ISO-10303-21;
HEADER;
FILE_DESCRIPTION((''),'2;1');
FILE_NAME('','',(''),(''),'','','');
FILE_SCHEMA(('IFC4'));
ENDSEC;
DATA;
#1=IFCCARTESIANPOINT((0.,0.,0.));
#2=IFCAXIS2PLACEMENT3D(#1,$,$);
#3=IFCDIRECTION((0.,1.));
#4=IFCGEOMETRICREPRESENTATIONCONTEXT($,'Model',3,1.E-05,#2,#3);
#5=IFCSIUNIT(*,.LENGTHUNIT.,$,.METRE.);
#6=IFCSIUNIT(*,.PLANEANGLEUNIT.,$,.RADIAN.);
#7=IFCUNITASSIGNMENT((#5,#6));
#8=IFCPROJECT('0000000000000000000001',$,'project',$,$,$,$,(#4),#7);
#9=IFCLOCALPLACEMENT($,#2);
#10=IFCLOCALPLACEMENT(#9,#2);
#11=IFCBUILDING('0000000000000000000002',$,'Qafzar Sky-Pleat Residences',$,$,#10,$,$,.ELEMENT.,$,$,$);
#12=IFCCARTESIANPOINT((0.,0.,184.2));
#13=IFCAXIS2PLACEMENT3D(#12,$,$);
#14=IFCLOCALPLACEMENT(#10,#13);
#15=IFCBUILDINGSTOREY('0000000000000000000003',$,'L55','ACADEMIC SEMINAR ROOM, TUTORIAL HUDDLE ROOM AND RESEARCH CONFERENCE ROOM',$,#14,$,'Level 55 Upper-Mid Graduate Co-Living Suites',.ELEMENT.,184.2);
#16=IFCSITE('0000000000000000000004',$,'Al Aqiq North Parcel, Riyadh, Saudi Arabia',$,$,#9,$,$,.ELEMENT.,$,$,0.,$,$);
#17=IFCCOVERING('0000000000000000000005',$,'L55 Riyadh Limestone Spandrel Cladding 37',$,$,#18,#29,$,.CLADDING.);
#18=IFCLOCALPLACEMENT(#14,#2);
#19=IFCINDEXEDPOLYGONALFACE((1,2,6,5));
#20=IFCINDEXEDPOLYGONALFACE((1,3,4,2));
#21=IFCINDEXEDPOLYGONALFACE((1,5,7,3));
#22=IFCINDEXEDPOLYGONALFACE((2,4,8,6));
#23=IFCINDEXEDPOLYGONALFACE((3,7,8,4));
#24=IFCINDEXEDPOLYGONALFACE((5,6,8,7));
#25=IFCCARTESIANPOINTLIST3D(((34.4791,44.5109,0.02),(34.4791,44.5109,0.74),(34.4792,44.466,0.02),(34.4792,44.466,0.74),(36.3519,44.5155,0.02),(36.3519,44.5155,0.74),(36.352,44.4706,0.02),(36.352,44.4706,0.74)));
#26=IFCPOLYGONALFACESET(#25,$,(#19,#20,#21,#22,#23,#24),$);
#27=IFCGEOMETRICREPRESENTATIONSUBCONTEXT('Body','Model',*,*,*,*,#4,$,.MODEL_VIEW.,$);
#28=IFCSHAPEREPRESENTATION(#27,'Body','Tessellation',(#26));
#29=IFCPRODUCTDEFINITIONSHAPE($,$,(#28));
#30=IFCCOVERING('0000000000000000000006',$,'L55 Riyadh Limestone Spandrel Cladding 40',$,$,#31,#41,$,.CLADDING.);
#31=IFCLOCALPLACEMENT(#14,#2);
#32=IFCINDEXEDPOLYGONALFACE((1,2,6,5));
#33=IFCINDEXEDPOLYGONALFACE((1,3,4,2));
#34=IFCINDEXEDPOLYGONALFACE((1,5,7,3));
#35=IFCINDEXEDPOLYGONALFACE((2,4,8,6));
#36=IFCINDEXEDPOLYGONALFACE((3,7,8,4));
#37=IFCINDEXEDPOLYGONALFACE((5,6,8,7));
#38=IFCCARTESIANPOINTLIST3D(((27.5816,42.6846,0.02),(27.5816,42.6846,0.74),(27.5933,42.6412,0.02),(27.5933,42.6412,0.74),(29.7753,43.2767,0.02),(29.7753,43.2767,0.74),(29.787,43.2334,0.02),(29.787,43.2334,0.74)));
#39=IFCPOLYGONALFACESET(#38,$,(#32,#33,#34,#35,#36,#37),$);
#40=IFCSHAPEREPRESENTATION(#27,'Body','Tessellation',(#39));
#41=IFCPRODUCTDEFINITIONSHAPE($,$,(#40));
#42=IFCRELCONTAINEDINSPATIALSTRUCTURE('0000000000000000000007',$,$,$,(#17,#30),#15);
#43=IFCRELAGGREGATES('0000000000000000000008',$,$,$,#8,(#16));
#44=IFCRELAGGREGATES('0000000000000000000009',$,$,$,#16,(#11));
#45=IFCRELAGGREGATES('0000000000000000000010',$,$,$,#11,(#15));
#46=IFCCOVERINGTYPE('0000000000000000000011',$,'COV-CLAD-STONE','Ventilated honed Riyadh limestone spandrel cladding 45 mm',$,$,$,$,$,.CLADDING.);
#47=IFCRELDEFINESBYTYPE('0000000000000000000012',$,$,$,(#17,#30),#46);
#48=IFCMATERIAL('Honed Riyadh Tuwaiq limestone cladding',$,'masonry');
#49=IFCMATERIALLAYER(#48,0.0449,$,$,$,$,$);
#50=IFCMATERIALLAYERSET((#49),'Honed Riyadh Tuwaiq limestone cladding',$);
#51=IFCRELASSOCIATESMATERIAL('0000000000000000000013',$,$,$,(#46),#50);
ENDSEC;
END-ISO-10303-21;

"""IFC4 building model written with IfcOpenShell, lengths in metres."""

from ifc_helpers import new_model, si_unit, direction, frame, origin, origin_2d, place, context, subcontext, project, spatial, rectangle, extrude, source, transform, mapped, material, layer, layer_set, type_object, element, save


model = new_model("IFC4")

# Units and contexts
model_context = context("Model", 3, precision=1e-05, world=origin(), true_north=direction((0.0, 1.0)))
body_context = subcontext(model_context, "Body", "Model", "MODEL_VIEW")
ifc_project = project(units=[si_unit("LENGTHUNIT", "METRE"), si_unit("PLANEANGLEUNIT", "RADIAN")], contexts=[model_context])

# Site, building, storey
site_placement = place(None, origin())
site = spatial("IfcSite", under=ifc_project, at=site_placement, Name="Al Aqiq North Parcel, Riyadh, Saudi Arabia", CompositionType="ELEMENT", RefElevation=0.0)
building_placement = place(site_placement, origin())
building = spatial("IfcBuilding", under=site, at=building_placement, Name="Qafzar Sky-Pleat Residences", CompositionType="ELEMENT")
storey_placement = place(building_placement, frame((0.0, 0.0, 184.2)))
storey = spatial("IfcBuildingStorey", under=building, at=storey_placement, Name="L55", Description="ACADEMIC SEMINAR ROOM, TUTORIAL HUDDLE ROOM AND RESEARCH CONFERENCE ROOM", LongName="Level 55 Upper-Mid Graduate Co-Living Suites", CompositionType="ELEMENT", Elevation=184.2)

# Covering
ifc_material_1 = material(Name="Honed Riyadh Tuwaiq limestone cladding", Category="masonry")
ifc_layer_1 = layer(ifc_material_1, 0.0449)
ifc_layer_set_1 = layer_set([ifc_layer_1], Name="Honed Riyadh Tuwaiq limestone cladding")
covering_type = type_object("IfcCoveringType", Name="COV-CLAD-STONE", Description="Ventilated honed Riyadh limestone spandrel cladding 45 mm", PredefinedType="CLADDING", material=ifc_layer_set_1)
shared_shape_1 = source(origin(), body_context, "Body", "SweptSolid", [
    extrude(rectangle(XDim=1.8728, YDim=0.0449, at=origin_2d()), origin(), (0.0, 0.0, 1.0), 0.72),
])
covering_1_placement = place(storey_placement, frame((35.4155, 44.4907, 0.02), z_axis=(0.0, 0.0, 1.0), x_axis=(-0.999997, -0.002451, 0.0)))
element("IfcCovering", 1, at=covering_1_placement, inside=storey, type_object=covering_type, Name="L55 Riyadh Limestone Spandrel Cladding 37", PredefinedType="CLADDING", context=body_context, shape_type="MappedRepresentation", body=[
    mapped(shared_shape_1, transform((0.0, 0.0, 0.0), x_axis=(1.0, 0.0, 0.0), y_axis=(0.0, 1.0, 0.0), z_axis=(0.0, 0.0, 1.0), scale=1.0)),
])

# Covering
shared_shape_2 = source(origin(), body_context, "Body", "SweptSolid", [
    extrude(rectangle(XDim=2.2722, YDim=0.0449, at=origin_2d()), origin(), (0.0, 0.0, 1.0), 0.72),
])
covering_2_placement = place(storey_placement, frame((28.6843, 42.959, 0.02), z_axis=(0.0, 0.0, 1.0), x_axis=(-0.965446, -0.260603, 0.0)))
element("IfcCovering", 2, at=covering_2_placement, inside=storey, type_object=covering_type, Name="L55 Riyadh Limestone Spandrel Cladding 40", PredefinedType="CLADDING", context=body_context, shape_type="MappedRepresentation", body=[
    mapped(shared_shape_2, transform((0.0, 0.0, 0.0), x_axis=(1.0, 0.0, 0.0), y_axis=(0.0, 1.0, 0.0), z_axis=(0.0, 0.0, 1.0), scale=1.0)),
])

save(model, "model.ifc")
